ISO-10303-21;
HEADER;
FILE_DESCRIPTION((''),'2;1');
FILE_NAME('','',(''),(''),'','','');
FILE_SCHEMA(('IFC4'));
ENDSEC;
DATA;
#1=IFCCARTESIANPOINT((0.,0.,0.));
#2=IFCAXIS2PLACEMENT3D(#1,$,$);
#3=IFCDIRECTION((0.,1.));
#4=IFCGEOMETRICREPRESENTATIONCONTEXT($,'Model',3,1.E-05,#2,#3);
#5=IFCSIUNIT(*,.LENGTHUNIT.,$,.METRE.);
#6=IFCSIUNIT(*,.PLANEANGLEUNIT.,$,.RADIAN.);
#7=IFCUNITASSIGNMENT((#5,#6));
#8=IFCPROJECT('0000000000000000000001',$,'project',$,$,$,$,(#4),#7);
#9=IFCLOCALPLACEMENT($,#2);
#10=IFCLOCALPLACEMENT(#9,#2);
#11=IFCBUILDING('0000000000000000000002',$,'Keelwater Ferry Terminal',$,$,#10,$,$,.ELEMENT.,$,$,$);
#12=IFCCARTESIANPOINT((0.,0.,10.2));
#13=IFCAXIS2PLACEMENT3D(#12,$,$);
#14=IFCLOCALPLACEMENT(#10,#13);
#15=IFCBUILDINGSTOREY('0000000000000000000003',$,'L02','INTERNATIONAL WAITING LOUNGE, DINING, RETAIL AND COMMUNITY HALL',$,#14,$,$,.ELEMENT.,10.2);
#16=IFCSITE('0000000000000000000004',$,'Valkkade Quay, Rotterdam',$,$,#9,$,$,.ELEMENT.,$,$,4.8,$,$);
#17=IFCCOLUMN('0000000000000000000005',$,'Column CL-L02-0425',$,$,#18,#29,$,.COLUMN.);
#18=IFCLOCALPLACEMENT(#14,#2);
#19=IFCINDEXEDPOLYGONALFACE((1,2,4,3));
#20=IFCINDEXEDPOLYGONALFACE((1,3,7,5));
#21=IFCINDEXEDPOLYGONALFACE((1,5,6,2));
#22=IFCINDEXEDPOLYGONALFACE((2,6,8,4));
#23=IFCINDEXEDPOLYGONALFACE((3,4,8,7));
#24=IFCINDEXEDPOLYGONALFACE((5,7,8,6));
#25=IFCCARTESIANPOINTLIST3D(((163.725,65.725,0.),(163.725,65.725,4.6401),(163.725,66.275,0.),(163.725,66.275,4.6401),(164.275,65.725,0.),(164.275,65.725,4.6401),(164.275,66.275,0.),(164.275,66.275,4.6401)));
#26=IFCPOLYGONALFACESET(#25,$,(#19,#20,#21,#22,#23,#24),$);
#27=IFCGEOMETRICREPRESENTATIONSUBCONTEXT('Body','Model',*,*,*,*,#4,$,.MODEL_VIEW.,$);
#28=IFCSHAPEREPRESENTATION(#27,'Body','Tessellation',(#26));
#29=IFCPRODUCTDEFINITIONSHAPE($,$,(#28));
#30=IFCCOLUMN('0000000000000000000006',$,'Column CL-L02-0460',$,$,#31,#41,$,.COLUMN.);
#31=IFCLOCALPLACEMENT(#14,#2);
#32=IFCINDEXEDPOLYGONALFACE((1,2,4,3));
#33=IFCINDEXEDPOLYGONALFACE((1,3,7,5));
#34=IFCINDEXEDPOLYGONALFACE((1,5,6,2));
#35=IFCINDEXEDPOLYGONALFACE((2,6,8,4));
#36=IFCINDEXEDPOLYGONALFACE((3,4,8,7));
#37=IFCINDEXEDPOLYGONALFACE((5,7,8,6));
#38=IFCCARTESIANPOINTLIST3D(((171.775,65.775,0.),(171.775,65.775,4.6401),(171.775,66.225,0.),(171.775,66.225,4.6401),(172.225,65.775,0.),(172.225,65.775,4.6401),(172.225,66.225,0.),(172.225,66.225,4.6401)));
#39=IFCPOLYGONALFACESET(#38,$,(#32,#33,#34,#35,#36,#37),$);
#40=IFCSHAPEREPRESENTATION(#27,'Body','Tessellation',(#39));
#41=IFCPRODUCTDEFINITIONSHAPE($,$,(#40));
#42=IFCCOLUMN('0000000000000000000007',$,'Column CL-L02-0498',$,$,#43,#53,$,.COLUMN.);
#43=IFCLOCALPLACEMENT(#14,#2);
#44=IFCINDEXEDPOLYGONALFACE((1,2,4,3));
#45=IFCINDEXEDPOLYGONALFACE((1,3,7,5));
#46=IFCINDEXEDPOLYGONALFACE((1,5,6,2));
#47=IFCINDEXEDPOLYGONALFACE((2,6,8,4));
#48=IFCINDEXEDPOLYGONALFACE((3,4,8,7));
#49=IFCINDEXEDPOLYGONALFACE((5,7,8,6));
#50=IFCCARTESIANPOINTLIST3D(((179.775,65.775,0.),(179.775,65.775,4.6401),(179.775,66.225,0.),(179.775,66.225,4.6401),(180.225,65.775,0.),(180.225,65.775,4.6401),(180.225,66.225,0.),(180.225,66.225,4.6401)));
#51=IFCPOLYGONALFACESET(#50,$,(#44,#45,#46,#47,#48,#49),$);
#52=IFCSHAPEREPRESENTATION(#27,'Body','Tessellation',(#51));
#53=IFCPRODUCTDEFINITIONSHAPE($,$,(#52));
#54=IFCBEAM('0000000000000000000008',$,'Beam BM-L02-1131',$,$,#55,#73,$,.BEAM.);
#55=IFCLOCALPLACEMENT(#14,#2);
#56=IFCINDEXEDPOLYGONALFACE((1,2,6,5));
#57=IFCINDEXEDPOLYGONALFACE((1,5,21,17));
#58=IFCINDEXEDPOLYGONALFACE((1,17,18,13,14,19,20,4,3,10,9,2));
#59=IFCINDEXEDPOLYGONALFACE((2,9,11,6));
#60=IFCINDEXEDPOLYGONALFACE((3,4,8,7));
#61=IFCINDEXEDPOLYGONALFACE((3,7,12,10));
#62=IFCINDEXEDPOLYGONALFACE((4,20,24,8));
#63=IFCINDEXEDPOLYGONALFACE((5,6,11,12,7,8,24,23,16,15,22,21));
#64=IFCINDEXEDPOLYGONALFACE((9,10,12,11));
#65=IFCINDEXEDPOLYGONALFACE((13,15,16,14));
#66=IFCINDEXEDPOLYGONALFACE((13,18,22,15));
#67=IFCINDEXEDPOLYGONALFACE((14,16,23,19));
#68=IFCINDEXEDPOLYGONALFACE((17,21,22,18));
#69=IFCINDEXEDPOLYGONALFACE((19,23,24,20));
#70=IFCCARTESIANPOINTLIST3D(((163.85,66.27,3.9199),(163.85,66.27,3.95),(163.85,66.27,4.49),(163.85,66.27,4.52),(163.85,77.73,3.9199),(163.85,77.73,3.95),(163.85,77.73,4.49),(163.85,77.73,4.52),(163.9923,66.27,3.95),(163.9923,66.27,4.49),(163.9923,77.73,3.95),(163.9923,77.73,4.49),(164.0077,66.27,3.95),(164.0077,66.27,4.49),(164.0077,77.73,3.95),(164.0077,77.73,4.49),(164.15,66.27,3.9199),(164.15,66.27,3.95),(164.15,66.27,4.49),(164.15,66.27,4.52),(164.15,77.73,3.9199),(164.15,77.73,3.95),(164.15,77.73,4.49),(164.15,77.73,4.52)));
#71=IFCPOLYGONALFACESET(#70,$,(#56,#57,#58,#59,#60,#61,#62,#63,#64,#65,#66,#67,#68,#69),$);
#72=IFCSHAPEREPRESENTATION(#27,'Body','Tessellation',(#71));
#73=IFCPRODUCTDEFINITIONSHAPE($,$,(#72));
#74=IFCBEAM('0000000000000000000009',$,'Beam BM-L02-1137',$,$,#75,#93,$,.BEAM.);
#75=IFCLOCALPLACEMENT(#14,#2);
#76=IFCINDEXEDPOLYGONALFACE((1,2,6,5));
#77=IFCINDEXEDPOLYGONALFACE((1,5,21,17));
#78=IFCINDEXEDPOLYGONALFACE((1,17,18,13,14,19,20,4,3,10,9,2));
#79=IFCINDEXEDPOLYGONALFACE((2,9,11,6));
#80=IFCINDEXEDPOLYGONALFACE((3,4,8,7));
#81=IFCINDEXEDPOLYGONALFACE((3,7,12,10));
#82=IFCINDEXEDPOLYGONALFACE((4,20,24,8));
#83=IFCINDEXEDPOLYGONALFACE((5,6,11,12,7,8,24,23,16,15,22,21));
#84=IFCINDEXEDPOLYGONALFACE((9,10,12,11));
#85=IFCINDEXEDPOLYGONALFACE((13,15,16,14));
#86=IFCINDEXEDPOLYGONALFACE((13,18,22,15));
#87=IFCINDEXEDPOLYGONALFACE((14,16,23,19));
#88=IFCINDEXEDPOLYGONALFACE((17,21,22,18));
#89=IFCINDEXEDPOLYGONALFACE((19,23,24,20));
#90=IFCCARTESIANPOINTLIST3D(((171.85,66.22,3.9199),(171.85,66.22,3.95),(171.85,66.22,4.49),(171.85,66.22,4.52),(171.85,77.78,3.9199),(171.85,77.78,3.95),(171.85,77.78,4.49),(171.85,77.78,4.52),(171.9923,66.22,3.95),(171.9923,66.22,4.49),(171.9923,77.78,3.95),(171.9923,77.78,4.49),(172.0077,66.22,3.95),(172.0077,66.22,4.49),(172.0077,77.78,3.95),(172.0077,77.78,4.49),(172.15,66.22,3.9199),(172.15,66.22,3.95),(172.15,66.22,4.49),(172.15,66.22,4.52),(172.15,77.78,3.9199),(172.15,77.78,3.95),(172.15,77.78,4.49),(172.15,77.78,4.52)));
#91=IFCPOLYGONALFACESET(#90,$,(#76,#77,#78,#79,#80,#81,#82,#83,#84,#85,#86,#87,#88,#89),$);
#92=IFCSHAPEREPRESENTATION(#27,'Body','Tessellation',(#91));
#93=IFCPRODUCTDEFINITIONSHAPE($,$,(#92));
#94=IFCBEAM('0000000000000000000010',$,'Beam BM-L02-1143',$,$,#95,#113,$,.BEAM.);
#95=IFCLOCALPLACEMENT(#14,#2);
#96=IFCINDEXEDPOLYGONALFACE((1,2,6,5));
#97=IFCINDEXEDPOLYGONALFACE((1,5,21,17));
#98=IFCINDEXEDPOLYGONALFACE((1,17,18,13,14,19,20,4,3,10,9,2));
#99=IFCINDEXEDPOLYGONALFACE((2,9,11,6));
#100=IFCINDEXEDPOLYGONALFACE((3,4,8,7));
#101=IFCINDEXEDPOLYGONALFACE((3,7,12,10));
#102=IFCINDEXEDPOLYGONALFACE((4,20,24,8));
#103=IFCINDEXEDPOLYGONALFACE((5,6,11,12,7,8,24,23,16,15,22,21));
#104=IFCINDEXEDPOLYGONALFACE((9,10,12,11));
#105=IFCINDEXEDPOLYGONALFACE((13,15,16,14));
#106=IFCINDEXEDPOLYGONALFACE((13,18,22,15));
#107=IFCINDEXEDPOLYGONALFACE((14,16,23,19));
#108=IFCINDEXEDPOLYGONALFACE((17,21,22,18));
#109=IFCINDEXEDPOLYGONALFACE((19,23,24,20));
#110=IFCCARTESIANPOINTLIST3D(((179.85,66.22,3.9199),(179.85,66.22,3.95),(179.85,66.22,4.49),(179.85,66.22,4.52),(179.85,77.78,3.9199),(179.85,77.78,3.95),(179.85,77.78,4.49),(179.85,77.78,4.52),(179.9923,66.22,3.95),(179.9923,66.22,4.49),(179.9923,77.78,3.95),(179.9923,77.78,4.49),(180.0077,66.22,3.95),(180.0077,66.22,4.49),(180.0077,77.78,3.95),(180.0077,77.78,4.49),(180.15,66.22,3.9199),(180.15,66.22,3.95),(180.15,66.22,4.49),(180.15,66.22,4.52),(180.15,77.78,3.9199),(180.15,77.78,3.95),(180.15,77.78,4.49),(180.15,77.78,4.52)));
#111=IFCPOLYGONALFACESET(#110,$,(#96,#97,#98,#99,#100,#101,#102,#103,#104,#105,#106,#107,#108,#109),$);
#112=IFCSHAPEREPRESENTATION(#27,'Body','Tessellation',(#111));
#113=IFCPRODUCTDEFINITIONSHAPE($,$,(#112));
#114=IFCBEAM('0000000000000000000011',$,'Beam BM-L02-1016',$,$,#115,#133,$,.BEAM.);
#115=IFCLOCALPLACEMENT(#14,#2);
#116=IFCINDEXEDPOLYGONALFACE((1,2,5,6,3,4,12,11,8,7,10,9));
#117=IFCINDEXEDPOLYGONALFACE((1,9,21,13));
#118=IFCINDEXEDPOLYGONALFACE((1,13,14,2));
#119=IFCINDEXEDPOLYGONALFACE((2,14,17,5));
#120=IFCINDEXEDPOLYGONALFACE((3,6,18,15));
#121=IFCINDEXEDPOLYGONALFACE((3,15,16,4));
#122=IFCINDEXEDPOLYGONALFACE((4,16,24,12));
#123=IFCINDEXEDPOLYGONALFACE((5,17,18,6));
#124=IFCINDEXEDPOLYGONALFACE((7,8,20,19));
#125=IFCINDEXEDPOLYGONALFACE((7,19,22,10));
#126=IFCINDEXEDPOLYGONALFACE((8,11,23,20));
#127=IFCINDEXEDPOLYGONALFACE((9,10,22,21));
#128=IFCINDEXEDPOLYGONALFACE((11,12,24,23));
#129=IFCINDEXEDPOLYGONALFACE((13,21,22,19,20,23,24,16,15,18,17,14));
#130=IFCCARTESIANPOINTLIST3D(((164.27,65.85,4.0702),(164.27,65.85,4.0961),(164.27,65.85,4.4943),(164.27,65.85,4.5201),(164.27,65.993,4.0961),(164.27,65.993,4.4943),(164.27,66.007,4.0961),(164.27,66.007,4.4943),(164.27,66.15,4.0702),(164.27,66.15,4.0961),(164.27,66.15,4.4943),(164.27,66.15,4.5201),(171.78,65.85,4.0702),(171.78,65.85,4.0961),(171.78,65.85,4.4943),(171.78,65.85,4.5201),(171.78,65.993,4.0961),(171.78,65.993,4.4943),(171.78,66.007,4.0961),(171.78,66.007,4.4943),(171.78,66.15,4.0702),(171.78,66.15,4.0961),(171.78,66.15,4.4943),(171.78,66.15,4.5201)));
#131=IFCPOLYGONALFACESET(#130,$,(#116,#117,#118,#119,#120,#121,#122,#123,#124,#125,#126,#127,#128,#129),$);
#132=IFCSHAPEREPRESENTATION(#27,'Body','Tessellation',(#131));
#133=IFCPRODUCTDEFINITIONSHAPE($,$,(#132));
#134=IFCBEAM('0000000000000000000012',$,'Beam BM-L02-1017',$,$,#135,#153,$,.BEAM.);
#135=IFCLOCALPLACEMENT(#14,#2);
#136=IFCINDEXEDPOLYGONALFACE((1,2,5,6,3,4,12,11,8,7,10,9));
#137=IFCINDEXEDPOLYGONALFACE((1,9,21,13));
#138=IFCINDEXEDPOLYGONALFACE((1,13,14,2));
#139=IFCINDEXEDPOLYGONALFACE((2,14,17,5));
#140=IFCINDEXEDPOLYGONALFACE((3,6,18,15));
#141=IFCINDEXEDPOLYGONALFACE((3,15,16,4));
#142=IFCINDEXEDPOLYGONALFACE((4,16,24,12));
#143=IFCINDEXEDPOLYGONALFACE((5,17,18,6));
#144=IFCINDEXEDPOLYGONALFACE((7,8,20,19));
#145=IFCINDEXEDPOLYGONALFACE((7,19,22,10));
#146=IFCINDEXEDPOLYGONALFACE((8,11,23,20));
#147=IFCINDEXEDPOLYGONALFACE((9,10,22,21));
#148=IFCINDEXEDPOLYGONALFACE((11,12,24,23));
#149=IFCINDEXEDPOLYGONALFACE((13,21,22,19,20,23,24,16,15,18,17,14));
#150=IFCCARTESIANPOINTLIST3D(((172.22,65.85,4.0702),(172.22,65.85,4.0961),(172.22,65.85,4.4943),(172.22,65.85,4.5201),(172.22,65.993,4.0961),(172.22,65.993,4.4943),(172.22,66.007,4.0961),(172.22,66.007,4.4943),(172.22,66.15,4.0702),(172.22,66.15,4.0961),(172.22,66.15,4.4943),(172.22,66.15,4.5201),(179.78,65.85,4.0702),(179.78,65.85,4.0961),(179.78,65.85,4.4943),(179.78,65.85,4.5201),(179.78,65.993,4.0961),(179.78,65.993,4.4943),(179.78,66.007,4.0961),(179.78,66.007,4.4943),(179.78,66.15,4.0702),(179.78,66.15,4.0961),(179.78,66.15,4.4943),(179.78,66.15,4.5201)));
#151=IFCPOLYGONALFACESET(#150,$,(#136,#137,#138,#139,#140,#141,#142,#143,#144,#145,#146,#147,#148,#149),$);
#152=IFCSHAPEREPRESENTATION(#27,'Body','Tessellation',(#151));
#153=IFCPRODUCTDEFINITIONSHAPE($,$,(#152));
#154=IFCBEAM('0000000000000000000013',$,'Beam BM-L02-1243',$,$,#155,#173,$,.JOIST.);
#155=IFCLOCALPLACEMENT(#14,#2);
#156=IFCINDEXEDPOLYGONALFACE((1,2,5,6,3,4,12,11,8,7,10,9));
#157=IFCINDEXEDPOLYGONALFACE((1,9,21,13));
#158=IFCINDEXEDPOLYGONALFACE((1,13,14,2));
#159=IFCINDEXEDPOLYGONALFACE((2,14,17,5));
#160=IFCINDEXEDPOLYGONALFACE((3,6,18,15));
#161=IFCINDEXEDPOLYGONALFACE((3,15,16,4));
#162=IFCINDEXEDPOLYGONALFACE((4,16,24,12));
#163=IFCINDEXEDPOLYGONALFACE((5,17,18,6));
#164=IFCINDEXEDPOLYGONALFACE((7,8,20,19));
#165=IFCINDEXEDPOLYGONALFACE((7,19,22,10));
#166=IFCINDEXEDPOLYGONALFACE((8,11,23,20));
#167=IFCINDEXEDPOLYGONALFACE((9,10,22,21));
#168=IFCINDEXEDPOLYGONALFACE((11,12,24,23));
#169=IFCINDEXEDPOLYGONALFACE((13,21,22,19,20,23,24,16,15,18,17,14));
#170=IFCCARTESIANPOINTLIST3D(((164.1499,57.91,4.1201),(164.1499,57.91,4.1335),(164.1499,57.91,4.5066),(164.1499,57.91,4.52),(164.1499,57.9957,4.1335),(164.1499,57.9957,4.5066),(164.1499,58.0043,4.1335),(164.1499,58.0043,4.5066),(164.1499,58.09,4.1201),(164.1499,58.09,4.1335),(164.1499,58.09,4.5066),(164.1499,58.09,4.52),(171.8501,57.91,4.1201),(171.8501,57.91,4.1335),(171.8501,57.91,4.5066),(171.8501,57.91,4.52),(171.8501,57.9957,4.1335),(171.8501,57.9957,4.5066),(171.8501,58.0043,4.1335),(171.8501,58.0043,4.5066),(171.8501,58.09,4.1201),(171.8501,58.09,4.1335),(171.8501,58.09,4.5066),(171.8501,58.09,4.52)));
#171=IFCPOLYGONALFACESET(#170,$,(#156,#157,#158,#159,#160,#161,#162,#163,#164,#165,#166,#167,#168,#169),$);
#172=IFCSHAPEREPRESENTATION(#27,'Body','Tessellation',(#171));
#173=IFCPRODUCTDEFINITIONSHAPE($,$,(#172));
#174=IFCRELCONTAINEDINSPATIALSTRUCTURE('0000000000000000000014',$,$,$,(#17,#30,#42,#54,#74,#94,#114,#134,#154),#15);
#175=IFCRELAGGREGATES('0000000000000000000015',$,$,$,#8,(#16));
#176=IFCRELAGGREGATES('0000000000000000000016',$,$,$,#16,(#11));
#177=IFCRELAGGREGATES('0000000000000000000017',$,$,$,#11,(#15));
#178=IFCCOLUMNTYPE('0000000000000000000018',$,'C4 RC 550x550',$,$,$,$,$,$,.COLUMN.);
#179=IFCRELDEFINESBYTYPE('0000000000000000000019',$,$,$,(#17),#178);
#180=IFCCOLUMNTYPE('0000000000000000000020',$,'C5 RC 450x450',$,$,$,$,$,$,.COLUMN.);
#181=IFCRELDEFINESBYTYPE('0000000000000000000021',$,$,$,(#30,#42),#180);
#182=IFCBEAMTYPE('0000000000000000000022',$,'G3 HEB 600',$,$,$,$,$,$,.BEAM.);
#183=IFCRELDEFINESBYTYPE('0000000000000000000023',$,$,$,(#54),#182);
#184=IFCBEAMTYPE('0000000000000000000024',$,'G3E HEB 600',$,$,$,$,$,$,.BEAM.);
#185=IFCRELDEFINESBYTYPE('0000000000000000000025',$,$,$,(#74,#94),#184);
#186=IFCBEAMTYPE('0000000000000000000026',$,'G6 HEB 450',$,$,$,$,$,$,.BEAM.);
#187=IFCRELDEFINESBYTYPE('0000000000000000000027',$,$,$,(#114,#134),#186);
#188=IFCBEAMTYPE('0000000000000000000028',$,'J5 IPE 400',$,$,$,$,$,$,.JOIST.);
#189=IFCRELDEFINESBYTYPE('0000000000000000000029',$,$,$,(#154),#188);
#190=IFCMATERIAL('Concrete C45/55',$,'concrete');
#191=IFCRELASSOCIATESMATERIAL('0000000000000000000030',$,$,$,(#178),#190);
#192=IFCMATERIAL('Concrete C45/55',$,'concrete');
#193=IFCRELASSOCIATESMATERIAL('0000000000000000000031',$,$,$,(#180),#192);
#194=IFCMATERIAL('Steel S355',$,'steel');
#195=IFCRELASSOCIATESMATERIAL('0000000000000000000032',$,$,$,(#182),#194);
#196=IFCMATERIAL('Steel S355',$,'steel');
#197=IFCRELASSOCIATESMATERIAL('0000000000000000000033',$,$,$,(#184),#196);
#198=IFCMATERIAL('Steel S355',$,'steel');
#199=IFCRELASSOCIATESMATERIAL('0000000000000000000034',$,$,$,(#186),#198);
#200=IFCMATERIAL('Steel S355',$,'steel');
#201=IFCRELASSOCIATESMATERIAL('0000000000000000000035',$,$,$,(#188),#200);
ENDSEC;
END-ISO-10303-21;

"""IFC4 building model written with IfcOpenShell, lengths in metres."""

from ifc_helpers import new_model, si_unit, direction, frame, origin, origin_2d, place, context, subcontext, project, spatial, rectangle, i_section, extrude, material, material_profile, profile_set, type_object, element, save


model = new_model("IFC4")

# Units and contexts
model_context = context("Model", 3, precision=1e-05, world=origin(), true_north=direction((0.0, 1.0)))
body_context = subcontext(model_context, "Body", "Model", "MODEL_VIEW")
ifc_project = project(units=[si_unit("LENGTHUNIT", "METRE"), si_unit("PLANEANGLEUNIT", "RADIAN")], contexts=[model_context])

# Site, building, storey
site_placement = place(None, origin())
site = spatial("IfcSite", under=ifc_project, at=site_placement, Name="Valkkade Quay, Rotterdam", CompositionType="ELEMENT", RefElevation=4.8)
building_placement = place(site_placement, origin())
building = spatial("IfcBuilding", under=site, at=building_placement, Name="Keelwater Ferry Terminal", CompositionType="ELEMENT")
storey_placement = place(building_placement, frame((0.0, 0.0, 10.2)))
storey = spatial("IfcBuildingStorey", under=building, at=storey_placement, Name="L02", Description="INTERNATIONAL WAITING LOUNGE, DINING, RETAIL AND COMMUNITY HALL", CompositionType="ELEMENT", Elevation=10.2)

# Columns
ifc_material_1 = material(Name="Concrete C45/55", Category="concrete")
ifc_material_profile_1 = material_profile(ifc_material_1, rectangle(XDim=0.55, YDim=0.55, at=origin_2d()), Name="RC 550x550")
ifc_profile_set_1 = profile_set([ifc_material_profile_1], Name="Concrete C45/55")
column_type_1 = type_object("IfcColumnType", Name="C4 RC 550x550", PredefinedType="COLUMN", material=ifc_profile_set_1)
column_placement = place(storey_placement, frame((164.0, 66.0, 0.0), z_axis=(0.0, 0.0, 1.0), x_axis=(1.0, 0.0, 0.0)))
element("IfcColumn", 1, at=column_placement, inside=storey, type_object=column_type_1, Name="Column CL-L02-0425", PredefinedType="COLUMN", context=body_context, shape_type="SweptSolid", body=[
    extrude(rectangle(XDim=0.55, YDim=0.55, at=origin_2d()), origin(), (0.0, 0.0, 1.0), 4.6401),
])
ifc_material_2 = material(Name="Concrete C45/55", Category="concrete")
ifc_material_profile_2 = material_profile(ifc_material_2, rectangle(XDim=0.45, YDim=0.45, at=origin_2d()), Name="RC 450x450")
ifc_profile_set_2 = profile_set([ifc_material_profile_2], Name="Concrete C45/55")
column_type_2 = type_object("IfcColumnType", Name="C5 RC 450x450", PredefinedType="COLUMN", material=ifc_profile_set_2)
for number, where, z_axis, x_axis, name in (
    (2, (172.0, 66.0, 0.0), (0.0, 0.0, 1.0), (1.0, 0.0, 0.0), "Column CL-L02-0460"),
    (3, (180.0, 66.0, 0.0), (0.0, 0.0, 1.0), (1.0, 0.0, 0.0), "Column CL-L02-0498"),
):
    element("IfcColumn", number, at=place(storey_placement, frame(where, z_axis=z_axis, x_axis=x_axis)), inside=storey, type_object=column_type_2, Name=name, PredefinedType="COLUMN", context=body_context, shape_type="SweptSolid", body=[
        extrude(rectangle(XDim=0.45, YDim=0.45, at=origin_2d()), origin(), (0.0, 0.0, 1.0), 4.6401),
    ])

# Beams
ifc_material_3 = material(Name="Steel S355", Category="steel")
ifc_material_profile_3 = material_profile(ifc_material_3, i_section(OverallWidth=0.3, OverallDepth=0.6001, WebThickness=0.0154, FlangeThickness=0.03, at=origin_2d()), Name="HEB 600")
ifc_profile_set_3 = profile_set([ifc_material_profile_3], Name="Steel S355")
beam_type_1 = type_object("IfcBeamType", Name="G3 HEB 600", PredefinedType="BEAM", material=ifc_profile_set_3)
beam_1_placement = place(storey_placement, frame((164.0, 66.27, 4.22), z_axis=(0.0, 1.0, 0.0), x_axis=(-1.0, 0.0, 0.0)))
element("IfcBeam", 4, at=beam_1_placement, inside=storey, type_object=beam_type_1, Name="Beam BM-L02-1131", PredefinedType="BEAM", context=body_context, shape_type="SweptSolid", body=[
    extrude(i_section(OverallWidth=0.3, OverallDepth=0.6001, WebThickness=0.0154, FlangeThickness=0.03, at=origin_2d()), origin(), (0.0, 0.0, 1.0), 11.46),
])
ifc_material_4 = material(Name="Steel S355", Category="steel")
ifc_material_profile_4 = material_profile(ifc_material_4, i_section(OverallWidth=0.3, OverallDepth=0.6001, WebThickness=0.0154, FlangeThickness=0.03, at=origin_2d()), Name="HEB 600")
ifc_profile_set_4 = profile_set([ifc_material_profile_4], Name="Steel S355")
beam_type_2 = type_object("IfcBeamType", Name="G3E HEB 600", PredefinedType="BEAM", material=ifc_profile_set_4)
for number, where, z_axis, x_axis, name in (
    (5, (172.0, 66.22, 4.22), (0.0, 1.0, 0.0), (-1.0, 0.0, 0.0), "Beam BM-L02-1137"),
    (6, (180.0, 66.22, 4.22), (0.0, 1.0, 0.0), (-1.0, 0.0, 0.0), "Beam BM-L02-1143"),
):
    element("IfcBeam", number, at=place(storey_placement, frame(where, z_axis=z_axis, x_axis=x_axis)), inside=storey, type_object=beam_type_2, Name=name, PredefinedType="BEAM", context=body_context, shape_type="SweptSolid", body=[
        extrude(i_section(OverallWidth=0.3, OverallDepth=0.6001, WebThickness=0.0154, FlangeThickness=0.03, at=origin_2d()), origin(), (0.0, 0.0, 1.0), 11.5601),
    ])
ifc_material_5 = material(Name="Steel S355", Category="steel")
ifc_material_profile_5 = material_profile(ifc_material_5, i_section(OverallWidth=0.3, OverallDepth=0.45, WebThickness=0.0139, FlangeThickness=0.0259, at=origin_2d()), Name="HEB 450")
ifc_profile_set_5 = profile_set([ifc_material_profile_5], Name="Steel S355")
beam_type_3 = type_object("IfcBeamType", Name="G6 HEB 450", PredefinedType="BEAM", material=ifc_profile_set_5)
beam_2_placement = place(storey_placement, frame((164.27, 66.0, 4.2952), z_axis=(1.0, 0.0, 0.0), x_axis=(0.0, 1.0, 0.0)))
element("IfcBeam", 7, at=beam_2_placement, inside=storey, type_object=beam_type_3, Name="Beam BM-L02-1016", PredefinedType="BEAM", context=body_context, shape_type="SweptSolid", body=[
    extrude(i_section(OverallWidth=0.3, OverallDepth=0.45, WebThickness=0.0139, FlangeThickness=0.0259, at=origin_2d()), origin(), (0.0, 0.0, 1.0), 7.51),
])
beam_3_placement = place(storey_placement, frame((172.22, 66.0, 4.2952), z_axis=(1.0, 0.0, 0.0), x_axis=(0.0, 1.0, 0.0)))
element("IfcBeam", 8, at=beam_3_placement, inside=storey, type_object=beam_type_3, Name="Beam BM-L02-1017", PredefinedType="BEAM", context=body_context, shape_type="SweptSolid", body=[
    extrude(i_section(OverallWidth=0.3, OverallDepth=0.45, WebThickness=0.0139, FlangeThickness=0.0259, at=origin_2d()), origin(), (0.0, 0.0, 1.0), 7.5601),
])
ifc_material_6 = material(Name="Steel S355", Category="steel")
ifc_material_profile_6 = material_profile(ifc_material_6, i_section(OverallWidth=0.1799, OverallDepth=0.3999, WebThickness=0.0085, FlangeThickness=0.0134, at=origin_2d()), Name="IPE 400")
ifc_profile_set_6 = profile_set([ifc_material_profile_6], Name="Steel S355")
beam_type_4 = type_object("IfcBeamType", Name="J5 IPE 400", PredefinedType="JOIST", material=ifc_profile_set_6)
for number, where, z_axis, x_axis, name in (
    (9, (164.1499, 58.0, 4.3201), (1.0, 0.0, 0.0), (0.0, 1.0, 0.0), "Beam BM-L02-1243"),
):
    element("IfcBeam", number, at=place(storey_placement, frame(where, z_axis=z_axis, x_axis=x_axis)), inside=storey, type_object=beam_type_4, Name=name, PredefinedType="JOIST", context=body_context, shape_type="SweptSolid", body=[
        extrude(i_section(OverallWidth=0.1799, OverallDepth=0.3999, WebThickness=0.0085, FlangeThickness=0.0134, at=origin_2d()), origin(), (0.0, 0.0, 1.0), 7.7002),
    ])

save(model, "model.ifc")
